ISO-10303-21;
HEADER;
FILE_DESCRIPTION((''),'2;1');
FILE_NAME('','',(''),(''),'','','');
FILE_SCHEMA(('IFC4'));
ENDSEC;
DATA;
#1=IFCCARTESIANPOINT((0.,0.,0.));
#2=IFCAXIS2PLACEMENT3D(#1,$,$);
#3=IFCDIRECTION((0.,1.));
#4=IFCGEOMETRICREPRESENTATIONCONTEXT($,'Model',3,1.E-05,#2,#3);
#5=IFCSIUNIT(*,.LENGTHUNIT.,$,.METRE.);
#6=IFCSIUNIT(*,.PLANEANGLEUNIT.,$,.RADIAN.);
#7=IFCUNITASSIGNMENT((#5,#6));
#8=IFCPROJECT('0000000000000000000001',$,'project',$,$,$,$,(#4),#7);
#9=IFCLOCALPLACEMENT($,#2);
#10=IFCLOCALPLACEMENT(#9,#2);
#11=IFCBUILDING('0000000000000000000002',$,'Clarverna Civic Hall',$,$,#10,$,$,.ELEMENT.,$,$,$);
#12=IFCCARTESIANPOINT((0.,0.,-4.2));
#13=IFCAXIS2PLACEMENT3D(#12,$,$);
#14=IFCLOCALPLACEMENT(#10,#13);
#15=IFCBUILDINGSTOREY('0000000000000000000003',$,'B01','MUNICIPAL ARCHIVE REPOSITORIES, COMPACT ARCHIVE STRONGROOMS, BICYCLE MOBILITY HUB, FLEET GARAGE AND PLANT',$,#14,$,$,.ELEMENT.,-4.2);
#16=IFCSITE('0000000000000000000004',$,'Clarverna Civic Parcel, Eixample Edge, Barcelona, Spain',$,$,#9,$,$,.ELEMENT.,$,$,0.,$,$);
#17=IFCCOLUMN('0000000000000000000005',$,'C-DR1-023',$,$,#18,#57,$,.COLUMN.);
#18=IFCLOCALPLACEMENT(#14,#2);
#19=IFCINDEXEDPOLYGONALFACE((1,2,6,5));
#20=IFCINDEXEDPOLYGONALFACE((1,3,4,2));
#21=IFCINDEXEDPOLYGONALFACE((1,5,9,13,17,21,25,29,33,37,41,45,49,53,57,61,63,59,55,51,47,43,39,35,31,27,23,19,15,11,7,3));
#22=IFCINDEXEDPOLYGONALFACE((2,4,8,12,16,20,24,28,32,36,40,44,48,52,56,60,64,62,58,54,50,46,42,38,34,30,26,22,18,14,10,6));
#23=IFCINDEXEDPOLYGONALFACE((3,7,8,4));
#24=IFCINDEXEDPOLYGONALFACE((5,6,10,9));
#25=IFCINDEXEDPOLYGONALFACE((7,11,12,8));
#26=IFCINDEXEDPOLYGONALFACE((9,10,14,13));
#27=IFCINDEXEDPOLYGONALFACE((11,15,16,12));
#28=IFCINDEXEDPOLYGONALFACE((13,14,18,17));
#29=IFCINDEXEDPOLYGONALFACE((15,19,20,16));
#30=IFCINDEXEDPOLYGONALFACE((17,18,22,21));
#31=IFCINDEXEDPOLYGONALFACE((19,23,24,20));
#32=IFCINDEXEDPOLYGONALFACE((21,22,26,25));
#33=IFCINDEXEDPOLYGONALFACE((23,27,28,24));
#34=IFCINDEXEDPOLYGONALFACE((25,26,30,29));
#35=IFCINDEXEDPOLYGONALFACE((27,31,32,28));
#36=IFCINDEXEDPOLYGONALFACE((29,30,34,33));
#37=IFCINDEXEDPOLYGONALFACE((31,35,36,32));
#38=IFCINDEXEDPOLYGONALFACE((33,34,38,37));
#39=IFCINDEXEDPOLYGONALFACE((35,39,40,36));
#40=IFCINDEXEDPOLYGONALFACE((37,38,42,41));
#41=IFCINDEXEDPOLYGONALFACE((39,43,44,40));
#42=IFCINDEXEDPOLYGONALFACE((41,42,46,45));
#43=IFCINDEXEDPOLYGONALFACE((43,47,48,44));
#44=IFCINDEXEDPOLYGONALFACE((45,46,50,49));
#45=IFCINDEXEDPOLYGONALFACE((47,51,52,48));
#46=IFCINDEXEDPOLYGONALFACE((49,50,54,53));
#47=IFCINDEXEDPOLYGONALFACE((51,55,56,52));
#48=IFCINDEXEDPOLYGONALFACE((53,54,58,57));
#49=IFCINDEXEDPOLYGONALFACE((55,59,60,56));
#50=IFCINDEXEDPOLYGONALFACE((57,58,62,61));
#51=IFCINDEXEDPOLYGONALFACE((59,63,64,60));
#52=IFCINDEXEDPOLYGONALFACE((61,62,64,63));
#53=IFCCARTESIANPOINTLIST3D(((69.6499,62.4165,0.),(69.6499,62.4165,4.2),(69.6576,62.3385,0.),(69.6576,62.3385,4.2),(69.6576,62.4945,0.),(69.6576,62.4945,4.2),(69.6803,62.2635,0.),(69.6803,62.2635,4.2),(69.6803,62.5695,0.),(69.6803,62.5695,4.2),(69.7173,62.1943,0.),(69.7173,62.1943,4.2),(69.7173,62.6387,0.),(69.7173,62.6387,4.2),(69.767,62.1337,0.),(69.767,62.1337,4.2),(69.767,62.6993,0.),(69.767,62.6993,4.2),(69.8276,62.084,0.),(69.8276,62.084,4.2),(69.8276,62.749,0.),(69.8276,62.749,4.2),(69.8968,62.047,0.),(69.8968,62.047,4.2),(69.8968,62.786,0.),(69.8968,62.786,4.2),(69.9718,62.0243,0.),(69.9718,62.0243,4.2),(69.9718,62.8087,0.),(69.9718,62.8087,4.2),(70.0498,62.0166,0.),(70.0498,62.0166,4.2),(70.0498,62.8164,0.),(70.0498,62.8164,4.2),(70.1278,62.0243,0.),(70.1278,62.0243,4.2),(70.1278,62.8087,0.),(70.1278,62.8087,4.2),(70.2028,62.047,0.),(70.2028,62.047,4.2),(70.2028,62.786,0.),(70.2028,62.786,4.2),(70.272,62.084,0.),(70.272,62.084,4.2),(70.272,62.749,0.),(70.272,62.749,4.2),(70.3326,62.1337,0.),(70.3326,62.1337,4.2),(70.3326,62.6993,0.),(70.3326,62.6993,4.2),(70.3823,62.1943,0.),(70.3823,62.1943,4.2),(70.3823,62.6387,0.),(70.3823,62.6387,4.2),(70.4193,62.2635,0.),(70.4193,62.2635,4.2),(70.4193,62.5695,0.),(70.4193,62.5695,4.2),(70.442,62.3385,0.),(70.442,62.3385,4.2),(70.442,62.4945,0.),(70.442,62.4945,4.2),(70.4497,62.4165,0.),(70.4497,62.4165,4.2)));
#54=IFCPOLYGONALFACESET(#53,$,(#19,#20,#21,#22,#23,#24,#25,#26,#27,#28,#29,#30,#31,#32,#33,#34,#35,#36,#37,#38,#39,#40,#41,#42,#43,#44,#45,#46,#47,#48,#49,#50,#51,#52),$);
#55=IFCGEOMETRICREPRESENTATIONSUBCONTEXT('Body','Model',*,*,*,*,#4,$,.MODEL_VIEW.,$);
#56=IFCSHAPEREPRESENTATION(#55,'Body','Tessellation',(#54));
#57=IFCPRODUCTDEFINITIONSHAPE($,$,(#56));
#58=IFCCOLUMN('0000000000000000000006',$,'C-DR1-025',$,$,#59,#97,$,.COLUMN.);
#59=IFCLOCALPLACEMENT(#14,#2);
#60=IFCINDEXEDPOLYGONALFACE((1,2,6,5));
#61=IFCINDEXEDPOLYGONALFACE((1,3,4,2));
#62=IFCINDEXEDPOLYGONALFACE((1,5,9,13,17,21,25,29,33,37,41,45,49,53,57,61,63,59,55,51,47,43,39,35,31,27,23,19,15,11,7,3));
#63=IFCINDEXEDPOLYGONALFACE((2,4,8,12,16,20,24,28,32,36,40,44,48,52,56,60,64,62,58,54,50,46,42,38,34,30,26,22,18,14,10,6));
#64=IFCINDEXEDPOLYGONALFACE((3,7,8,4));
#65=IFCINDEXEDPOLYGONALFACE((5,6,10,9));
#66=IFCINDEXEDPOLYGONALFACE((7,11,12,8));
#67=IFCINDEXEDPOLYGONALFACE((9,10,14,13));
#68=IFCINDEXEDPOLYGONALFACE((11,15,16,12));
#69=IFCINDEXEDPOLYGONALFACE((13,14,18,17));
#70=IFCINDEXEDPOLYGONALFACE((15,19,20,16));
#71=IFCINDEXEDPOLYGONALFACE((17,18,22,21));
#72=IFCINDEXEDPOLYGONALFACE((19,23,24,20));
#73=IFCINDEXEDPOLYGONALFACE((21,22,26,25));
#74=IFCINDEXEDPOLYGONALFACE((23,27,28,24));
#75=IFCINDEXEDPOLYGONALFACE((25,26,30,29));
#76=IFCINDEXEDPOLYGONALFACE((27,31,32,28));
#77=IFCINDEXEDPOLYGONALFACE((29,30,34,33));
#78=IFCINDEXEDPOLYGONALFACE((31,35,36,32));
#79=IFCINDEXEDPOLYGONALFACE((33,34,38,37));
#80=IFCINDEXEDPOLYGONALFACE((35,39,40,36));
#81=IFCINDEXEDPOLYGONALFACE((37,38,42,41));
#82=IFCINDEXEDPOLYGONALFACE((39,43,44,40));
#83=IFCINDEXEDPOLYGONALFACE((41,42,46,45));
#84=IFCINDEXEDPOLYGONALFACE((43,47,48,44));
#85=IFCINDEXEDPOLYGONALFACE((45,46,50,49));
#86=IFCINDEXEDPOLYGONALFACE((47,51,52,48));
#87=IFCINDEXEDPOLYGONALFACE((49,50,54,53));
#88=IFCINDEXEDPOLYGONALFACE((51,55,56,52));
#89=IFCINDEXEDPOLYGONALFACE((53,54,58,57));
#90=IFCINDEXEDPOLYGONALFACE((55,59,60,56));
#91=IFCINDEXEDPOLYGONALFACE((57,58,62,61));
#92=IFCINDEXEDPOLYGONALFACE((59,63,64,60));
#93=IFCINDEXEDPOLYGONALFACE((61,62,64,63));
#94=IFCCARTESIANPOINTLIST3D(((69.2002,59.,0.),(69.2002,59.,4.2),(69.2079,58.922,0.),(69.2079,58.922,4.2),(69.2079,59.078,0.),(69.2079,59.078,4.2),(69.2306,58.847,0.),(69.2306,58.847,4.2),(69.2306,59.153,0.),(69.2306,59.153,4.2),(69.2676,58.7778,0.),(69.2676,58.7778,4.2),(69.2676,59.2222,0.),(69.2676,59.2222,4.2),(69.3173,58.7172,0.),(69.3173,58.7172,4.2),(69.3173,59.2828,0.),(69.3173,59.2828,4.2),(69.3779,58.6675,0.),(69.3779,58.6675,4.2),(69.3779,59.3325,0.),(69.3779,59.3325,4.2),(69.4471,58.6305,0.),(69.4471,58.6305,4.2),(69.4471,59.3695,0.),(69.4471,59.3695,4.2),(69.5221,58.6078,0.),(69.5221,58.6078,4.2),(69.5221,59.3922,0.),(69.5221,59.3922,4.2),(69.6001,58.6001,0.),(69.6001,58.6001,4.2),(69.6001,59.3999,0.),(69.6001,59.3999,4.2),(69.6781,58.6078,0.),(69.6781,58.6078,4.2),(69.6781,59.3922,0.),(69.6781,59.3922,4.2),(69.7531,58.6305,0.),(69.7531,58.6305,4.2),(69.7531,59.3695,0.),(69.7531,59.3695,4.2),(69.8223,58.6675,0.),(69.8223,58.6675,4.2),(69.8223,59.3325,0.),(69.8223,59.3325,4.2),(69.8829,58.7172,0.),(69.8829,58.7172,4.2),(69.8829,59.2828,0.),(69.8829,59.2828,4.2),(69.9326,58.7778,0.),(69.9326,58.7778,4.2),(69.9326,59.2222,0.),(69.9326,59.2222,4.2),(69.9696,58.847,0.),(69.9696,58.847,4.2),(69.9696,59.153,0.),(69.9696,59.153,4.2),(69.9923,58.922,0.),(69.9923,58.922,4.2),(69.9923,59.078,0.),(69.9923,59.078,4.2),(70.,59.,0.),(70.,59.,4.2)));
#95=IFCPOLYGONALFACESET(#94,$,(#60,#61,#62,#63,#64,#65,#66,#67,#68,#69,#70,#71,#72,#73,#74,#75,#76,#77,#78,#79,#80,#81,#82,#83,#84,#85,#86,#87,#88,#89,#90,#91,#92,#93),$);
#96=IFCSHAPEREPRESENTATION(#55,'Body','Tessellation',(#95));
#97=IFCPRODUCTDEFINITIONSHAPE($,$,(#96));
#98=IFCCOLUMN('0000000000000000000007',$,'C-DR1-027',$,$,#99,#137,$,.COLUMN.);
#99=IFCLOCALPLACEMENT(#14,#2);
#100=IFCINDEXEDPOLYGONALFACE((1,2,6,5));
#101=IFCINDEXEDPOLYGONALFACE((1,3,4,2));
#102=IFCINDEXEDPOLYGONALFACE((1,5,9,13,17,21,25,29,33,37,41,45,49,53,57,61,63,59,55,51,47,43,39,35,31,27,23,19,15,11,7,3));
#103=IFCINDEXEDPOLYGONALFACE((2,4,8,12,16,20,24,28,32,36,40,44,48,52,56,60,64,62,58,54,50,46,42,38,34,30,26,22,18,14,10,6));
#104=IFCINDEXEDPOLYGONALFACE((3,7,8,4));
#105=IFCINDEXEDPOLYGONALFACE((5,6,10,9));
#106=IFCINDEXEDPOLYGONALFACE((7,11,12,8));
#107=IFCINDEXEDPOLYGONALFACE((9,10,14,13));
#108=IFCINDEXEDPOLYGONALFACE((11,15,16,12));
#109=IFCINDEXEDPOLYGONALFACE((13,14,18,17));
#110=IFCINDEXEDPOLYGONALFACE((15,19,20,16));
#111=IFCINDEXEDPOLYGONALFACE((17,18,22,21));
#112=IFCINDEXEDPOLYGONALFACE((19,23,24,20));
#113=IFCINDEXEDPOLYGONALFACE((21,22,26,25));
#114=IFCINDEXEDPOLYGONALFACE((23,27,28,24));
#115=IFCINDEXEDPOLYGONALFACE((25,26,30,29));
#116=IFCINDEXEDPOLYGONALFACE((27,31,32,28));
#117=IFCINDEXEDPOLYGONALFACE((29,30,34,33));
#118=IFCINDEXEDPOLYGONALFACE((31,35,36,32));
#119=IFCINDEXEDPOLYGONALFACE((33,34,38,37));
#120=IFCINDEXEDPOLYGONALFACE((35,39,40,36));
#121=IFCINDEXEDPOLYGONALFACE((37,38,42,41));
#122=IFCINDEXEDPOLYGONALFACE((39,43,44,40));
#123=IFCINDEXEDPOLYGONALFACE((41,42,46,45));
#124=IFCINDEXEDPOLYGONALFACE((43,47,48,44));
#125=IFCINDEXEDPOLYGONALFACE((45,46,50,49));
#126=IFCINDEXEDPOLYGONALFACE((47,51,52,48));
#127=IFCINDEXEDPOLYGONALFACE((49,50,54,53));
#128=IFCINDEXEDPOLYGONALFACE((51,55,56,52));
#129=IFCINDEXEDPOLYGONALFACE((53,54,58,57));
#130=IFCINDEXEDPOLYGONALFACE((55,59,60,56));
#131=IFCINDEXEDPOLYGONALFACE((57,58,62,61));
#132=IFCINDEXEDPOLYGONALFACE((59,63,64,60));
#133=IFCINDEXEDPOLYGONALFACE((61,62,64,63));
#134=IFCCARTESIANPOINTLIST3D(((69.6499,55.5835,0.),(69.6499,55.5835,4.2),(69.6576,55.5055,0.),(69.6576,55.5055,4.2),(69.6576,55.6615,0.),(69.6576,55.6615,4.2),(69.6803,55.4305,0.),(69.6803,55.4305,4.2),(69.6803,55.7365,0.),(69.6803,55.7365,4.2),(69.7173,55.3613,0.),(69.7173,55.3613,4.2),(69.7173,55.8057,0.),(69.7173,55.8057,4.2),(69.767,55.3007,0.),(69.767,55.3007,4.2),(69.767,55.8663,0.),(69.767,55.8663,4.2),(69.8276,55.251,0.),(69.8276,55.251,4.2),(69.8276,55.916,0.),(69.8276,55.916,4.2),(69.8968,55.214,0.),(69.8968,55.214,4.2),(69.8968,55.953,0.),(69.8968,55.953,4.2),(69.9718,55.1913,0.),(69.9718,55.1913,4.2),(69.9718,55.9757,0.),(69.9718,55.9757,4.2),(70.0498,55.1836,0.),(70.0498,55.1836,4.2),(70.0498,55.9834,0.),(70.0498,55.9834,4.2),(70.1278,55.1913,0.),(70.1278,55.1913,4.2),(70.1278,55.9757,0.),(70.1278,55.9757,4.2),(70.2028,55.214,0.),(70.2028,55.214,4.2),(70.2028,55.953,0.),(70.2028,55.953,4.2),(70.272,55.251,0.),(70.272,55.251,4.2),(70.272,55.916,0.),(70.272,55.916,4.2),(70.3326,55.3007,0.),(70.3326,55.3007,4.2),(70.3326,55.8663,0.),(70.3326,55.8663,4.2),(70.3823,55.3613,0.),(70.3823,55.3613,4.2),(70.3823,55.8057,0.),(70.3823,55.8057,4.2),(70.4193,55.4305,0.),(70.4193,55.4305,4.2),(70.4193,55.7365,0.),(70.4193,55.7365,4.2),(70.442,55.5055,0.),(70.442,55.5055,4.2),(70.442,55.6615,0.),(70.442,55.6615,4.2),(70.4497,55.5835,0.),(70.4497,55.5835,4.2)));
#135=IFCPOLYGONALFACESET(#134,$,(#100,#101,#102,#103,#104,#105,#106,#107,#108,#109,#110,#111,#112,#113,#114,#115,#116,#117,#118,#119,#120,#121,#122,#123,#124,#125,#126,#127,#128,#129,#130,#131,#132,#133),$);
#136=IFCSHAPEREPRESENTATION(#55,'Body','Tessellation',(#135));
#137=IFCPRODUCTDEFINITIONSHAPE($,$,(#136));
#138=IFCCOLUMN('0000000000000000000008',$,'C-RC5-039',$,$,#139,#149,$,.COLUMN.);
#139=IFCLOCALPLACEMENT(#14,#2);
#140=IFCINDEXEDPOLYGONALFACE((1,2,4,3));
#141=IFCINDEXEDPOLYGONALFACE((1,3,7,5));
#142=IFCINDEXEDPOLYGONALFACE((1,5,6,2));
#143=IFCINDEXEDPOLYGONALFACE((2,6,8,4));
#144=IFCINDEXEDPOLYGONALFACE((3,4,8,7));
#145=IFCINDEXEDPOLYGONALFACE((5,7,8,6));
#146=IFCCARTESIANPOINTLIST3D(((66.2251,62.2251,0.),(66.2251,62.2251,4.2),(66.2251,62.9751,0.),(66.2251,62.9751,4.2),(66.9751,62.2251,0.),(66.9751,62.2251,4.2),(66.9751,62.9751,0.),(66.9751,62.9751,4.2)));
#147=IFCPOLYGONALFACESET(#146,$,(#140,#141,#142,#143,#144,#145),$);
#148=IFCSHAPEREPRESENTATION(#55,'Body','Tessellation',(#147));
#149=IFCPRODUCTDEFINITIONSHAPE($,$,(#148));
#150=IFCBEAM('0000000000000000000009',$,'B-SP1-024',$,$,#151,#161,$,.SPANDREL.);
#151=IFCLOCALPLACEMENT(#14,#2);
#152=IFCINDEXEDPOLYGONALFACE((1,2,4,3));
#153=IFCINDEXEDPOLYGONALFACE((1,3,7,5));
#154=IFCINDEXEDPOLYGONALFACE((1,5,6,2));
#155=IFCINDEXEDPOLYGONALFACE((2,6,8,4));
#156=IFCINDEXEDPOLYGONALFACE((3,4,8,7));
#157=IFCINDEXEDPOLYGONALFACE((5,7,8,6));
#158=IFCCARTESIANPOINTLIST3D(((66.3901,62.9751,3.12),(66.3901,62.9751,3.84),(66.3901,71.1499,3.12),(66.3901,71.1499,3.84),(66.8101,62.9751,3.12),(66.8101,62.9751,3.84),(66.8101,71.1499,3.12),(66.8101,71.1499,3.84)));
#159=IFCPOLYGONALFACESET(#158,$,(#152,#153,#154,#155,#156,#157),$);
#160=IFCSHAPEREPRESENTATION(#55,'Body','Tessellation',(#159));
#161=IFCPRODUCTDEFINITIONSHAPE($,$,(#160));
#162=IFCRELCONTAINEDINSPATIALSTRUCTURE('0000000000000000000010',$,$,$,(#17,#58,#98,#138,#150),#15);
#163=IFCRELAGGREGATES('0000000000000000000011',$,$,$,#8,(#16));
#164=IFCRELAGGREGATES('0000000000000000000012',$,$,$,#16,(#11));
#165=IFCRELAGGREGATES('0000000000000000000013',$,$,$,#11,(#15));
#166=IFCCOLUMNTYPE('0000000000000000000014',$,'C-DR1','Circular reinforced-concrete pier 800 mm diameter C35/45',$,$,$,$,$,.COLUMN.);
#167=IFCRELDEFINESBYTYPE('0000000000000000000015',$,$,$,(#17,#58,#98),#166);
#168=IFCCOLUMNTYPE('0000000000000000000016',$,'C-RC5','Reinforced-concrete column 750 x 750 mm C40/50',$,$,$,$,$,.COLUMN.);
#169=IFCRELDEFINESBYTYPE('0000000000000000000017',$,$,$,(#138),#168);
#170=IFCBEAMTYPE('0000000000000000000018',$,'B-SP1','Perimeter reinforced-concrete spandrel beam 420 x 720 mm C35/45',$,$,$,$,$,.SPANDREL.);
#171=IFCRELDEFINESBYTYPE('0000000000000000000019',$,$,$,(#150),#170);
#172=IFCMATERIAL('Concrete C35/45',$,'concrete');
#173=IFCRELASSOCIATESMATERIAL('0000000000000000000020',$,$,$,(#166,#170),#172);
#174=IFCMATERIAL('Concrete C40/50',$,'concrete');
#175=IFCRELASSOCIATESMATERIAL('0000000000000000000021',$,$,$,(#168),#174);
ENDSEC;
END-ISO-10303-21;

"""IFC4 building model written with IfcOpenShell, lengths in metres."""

from ifc_helpers import new_model, si_unit, direction, frame, origin, origin_2d, place, context, subcontext, project, spatial, rectangle, circle, extrude, material, material_profile, profile_set, type_object, element, save


model = new_model("IFC4")

# Units and contexts
model_context = context("Model", 3, precision=1e-05, world=origin(), true_north=direction((0.0, 1.0)))
body_context = subcontext(model_context, "Body", "Model", "MODEL_VIEW")
ifc_project = project(units=[si_unit("LENGTHUNIT", "METRE"), si_unit("PLANEANGLEUNIT", "RADIAN")], contexts=[model_context])

# Site, building, storey
site_placement = place(None, origin())
site = spatial("IfcSite", under=ifc_project, at=site_placement, Name="Clarverna Civic Parcel, Eixample Edge, Barcelona, Spain", CompositionType="ELEMENT", RefElevation=0.0)
building_placement = place(site_placement, origin())
building = spatial("IfcBuilding", under=site, at=building_placement, Name="Clarverna Civic Hall", CompositionType="ELEMENT")
storey_placement = place(building_placement, frame((0.0, 0.0, -4.2)))
storey = spatial("IfcBuildingStorey", under=building, at=storey_placement, Name="B01", Description="MUNICIPAL ARCHIVE REPOSITORIES, COMPACT ARCHIVE STRONGROOMS, BICYCLE MOBILITY HUB, FLEET GARAGE AND PLANT", CompositionType="ELEMENT", Elevation=-4.2)

# Columns
ifc_material_1 = material(Name="Concrete C35/45", Category="concrete")
ifc_material_profile_1 = material_profile(ifc_material_1, circle(Radius=0.3999, at=origin_2d()), Name="RC D800")
ifc_profile_set_1 = profile_set([ifc_material_profile_1], Name="Concrete C35/45")
column_type_1 = type_object("IfcColumnType", Name="C-DR1", Description="Circular reinforced-concrete pier 800 mm diameter C35/45", PredefinedType="COLUMN", material=ifc_profile_set_1)
for number, where, z_axis, x_axis, name in (
    (1, (70.0498, 62.4165, 0.0), (0.0, 0.0, 1.0), (1.0, 0.0, 0.0), "C-DR1-023"),
    (2, (69.6001, 59.0, 0.0), (0.0, 0.0, 1.0), (1.0, 0.0, 0.0), "C-DR1-025"),
    (3, (70.0498, 55.5835, 0.0), (0.0, 0.0, 1.0), (1.0, 0.0, 0.0), "C-DR1-027"),
):
    element("IfcColumn", number, at=place(storey_placement, frame(where, z_axis=z_axis, x_axis=x_axis)), inside=storey, type_object=column_type_1, Name=name, PredefinedType="COLUMN", context=body_context, shape_type="SweptSolid", body=[
        extrude(circle(Radius=0.3999, at=origin_2d()), origin(), (0.0, 0.0, 1.0), 4.2),
    ])
ifc_material_2 = material(Name="Concrete C40/50", Category="concrete")
ifc_material_profile_2 = material_profile(ifc_material_2, rectangle(XDim=0.75, YDim=0.75, at=origin_2d()), Name="RC 750x750")
ifc_profile_set_2 = profile_set([ifc_material_profile_2], Name="Concrete C40/50")
column_type_2 = type_object("IfcColumnType", Name="C-RC5", Description="Reinforced-concrete column 750 x 750 mm C40/50", PredefinedType="COLUMN", material=ifc_profile_set_2)
column_placement = place(storey_placement, frame((66.6001, 62.6001, 0.0), z_axis=(0.0, 0.0, 1.0), x_axis=(1.0, 0.0, 0.0)))
element("IfcColumn", 4, at=column_placement, inside=storey, type_object=column_type_2, Name="C-RC5-039", PredefinedType="COLUMN", context=body_context, shape_type="SweptSolid", body=[
    extrude(rectangle(XDim=0.75, YDim=0.75, at=origin_2d()), origin(), (0.0, 0.0, 1.0), 4.2),
])

# Beam
ifc_material_profile_3 = material_profile(ifc_material_1, rectangle(XDim=0.4199, YDim=0.72, at=origin_2d()), Name="RC 420x720")
ifc_profile_set_3 = profile_set([ifc_material_profile_3], Name="Concrete C35/45")
beam_type_1 = type_object("IfcBeamType", Name="B-SP1", Description="Perimeter reinforced-concrete spandrel beam 420 x 720 mm C35/45", PredefinedType="SPANDREL", material=ifc_profile_set_3)
beam_1_placement = place(storey_placement, frame((66.6001, 62.9751, 3.48), z_axis=(0.0, 1.0, 0.0), x_axis=(-1.0, 0.0, 0.0)))
element("IfcBeam", 5, at=beam_1_placement, inside=storey, type_object=beam_type_1, Name="B-SP1-024", PredefinedType="SPANDREL", context=body_context, shape_type="SweptSolid", body=[
    extrude(rectangle(XDim=0.4199, YDim=0.72, at=origin_2d()), origin(), (0.0, 0.0, 1.0), 8.1748),
])

save(model, "model.ifc")
